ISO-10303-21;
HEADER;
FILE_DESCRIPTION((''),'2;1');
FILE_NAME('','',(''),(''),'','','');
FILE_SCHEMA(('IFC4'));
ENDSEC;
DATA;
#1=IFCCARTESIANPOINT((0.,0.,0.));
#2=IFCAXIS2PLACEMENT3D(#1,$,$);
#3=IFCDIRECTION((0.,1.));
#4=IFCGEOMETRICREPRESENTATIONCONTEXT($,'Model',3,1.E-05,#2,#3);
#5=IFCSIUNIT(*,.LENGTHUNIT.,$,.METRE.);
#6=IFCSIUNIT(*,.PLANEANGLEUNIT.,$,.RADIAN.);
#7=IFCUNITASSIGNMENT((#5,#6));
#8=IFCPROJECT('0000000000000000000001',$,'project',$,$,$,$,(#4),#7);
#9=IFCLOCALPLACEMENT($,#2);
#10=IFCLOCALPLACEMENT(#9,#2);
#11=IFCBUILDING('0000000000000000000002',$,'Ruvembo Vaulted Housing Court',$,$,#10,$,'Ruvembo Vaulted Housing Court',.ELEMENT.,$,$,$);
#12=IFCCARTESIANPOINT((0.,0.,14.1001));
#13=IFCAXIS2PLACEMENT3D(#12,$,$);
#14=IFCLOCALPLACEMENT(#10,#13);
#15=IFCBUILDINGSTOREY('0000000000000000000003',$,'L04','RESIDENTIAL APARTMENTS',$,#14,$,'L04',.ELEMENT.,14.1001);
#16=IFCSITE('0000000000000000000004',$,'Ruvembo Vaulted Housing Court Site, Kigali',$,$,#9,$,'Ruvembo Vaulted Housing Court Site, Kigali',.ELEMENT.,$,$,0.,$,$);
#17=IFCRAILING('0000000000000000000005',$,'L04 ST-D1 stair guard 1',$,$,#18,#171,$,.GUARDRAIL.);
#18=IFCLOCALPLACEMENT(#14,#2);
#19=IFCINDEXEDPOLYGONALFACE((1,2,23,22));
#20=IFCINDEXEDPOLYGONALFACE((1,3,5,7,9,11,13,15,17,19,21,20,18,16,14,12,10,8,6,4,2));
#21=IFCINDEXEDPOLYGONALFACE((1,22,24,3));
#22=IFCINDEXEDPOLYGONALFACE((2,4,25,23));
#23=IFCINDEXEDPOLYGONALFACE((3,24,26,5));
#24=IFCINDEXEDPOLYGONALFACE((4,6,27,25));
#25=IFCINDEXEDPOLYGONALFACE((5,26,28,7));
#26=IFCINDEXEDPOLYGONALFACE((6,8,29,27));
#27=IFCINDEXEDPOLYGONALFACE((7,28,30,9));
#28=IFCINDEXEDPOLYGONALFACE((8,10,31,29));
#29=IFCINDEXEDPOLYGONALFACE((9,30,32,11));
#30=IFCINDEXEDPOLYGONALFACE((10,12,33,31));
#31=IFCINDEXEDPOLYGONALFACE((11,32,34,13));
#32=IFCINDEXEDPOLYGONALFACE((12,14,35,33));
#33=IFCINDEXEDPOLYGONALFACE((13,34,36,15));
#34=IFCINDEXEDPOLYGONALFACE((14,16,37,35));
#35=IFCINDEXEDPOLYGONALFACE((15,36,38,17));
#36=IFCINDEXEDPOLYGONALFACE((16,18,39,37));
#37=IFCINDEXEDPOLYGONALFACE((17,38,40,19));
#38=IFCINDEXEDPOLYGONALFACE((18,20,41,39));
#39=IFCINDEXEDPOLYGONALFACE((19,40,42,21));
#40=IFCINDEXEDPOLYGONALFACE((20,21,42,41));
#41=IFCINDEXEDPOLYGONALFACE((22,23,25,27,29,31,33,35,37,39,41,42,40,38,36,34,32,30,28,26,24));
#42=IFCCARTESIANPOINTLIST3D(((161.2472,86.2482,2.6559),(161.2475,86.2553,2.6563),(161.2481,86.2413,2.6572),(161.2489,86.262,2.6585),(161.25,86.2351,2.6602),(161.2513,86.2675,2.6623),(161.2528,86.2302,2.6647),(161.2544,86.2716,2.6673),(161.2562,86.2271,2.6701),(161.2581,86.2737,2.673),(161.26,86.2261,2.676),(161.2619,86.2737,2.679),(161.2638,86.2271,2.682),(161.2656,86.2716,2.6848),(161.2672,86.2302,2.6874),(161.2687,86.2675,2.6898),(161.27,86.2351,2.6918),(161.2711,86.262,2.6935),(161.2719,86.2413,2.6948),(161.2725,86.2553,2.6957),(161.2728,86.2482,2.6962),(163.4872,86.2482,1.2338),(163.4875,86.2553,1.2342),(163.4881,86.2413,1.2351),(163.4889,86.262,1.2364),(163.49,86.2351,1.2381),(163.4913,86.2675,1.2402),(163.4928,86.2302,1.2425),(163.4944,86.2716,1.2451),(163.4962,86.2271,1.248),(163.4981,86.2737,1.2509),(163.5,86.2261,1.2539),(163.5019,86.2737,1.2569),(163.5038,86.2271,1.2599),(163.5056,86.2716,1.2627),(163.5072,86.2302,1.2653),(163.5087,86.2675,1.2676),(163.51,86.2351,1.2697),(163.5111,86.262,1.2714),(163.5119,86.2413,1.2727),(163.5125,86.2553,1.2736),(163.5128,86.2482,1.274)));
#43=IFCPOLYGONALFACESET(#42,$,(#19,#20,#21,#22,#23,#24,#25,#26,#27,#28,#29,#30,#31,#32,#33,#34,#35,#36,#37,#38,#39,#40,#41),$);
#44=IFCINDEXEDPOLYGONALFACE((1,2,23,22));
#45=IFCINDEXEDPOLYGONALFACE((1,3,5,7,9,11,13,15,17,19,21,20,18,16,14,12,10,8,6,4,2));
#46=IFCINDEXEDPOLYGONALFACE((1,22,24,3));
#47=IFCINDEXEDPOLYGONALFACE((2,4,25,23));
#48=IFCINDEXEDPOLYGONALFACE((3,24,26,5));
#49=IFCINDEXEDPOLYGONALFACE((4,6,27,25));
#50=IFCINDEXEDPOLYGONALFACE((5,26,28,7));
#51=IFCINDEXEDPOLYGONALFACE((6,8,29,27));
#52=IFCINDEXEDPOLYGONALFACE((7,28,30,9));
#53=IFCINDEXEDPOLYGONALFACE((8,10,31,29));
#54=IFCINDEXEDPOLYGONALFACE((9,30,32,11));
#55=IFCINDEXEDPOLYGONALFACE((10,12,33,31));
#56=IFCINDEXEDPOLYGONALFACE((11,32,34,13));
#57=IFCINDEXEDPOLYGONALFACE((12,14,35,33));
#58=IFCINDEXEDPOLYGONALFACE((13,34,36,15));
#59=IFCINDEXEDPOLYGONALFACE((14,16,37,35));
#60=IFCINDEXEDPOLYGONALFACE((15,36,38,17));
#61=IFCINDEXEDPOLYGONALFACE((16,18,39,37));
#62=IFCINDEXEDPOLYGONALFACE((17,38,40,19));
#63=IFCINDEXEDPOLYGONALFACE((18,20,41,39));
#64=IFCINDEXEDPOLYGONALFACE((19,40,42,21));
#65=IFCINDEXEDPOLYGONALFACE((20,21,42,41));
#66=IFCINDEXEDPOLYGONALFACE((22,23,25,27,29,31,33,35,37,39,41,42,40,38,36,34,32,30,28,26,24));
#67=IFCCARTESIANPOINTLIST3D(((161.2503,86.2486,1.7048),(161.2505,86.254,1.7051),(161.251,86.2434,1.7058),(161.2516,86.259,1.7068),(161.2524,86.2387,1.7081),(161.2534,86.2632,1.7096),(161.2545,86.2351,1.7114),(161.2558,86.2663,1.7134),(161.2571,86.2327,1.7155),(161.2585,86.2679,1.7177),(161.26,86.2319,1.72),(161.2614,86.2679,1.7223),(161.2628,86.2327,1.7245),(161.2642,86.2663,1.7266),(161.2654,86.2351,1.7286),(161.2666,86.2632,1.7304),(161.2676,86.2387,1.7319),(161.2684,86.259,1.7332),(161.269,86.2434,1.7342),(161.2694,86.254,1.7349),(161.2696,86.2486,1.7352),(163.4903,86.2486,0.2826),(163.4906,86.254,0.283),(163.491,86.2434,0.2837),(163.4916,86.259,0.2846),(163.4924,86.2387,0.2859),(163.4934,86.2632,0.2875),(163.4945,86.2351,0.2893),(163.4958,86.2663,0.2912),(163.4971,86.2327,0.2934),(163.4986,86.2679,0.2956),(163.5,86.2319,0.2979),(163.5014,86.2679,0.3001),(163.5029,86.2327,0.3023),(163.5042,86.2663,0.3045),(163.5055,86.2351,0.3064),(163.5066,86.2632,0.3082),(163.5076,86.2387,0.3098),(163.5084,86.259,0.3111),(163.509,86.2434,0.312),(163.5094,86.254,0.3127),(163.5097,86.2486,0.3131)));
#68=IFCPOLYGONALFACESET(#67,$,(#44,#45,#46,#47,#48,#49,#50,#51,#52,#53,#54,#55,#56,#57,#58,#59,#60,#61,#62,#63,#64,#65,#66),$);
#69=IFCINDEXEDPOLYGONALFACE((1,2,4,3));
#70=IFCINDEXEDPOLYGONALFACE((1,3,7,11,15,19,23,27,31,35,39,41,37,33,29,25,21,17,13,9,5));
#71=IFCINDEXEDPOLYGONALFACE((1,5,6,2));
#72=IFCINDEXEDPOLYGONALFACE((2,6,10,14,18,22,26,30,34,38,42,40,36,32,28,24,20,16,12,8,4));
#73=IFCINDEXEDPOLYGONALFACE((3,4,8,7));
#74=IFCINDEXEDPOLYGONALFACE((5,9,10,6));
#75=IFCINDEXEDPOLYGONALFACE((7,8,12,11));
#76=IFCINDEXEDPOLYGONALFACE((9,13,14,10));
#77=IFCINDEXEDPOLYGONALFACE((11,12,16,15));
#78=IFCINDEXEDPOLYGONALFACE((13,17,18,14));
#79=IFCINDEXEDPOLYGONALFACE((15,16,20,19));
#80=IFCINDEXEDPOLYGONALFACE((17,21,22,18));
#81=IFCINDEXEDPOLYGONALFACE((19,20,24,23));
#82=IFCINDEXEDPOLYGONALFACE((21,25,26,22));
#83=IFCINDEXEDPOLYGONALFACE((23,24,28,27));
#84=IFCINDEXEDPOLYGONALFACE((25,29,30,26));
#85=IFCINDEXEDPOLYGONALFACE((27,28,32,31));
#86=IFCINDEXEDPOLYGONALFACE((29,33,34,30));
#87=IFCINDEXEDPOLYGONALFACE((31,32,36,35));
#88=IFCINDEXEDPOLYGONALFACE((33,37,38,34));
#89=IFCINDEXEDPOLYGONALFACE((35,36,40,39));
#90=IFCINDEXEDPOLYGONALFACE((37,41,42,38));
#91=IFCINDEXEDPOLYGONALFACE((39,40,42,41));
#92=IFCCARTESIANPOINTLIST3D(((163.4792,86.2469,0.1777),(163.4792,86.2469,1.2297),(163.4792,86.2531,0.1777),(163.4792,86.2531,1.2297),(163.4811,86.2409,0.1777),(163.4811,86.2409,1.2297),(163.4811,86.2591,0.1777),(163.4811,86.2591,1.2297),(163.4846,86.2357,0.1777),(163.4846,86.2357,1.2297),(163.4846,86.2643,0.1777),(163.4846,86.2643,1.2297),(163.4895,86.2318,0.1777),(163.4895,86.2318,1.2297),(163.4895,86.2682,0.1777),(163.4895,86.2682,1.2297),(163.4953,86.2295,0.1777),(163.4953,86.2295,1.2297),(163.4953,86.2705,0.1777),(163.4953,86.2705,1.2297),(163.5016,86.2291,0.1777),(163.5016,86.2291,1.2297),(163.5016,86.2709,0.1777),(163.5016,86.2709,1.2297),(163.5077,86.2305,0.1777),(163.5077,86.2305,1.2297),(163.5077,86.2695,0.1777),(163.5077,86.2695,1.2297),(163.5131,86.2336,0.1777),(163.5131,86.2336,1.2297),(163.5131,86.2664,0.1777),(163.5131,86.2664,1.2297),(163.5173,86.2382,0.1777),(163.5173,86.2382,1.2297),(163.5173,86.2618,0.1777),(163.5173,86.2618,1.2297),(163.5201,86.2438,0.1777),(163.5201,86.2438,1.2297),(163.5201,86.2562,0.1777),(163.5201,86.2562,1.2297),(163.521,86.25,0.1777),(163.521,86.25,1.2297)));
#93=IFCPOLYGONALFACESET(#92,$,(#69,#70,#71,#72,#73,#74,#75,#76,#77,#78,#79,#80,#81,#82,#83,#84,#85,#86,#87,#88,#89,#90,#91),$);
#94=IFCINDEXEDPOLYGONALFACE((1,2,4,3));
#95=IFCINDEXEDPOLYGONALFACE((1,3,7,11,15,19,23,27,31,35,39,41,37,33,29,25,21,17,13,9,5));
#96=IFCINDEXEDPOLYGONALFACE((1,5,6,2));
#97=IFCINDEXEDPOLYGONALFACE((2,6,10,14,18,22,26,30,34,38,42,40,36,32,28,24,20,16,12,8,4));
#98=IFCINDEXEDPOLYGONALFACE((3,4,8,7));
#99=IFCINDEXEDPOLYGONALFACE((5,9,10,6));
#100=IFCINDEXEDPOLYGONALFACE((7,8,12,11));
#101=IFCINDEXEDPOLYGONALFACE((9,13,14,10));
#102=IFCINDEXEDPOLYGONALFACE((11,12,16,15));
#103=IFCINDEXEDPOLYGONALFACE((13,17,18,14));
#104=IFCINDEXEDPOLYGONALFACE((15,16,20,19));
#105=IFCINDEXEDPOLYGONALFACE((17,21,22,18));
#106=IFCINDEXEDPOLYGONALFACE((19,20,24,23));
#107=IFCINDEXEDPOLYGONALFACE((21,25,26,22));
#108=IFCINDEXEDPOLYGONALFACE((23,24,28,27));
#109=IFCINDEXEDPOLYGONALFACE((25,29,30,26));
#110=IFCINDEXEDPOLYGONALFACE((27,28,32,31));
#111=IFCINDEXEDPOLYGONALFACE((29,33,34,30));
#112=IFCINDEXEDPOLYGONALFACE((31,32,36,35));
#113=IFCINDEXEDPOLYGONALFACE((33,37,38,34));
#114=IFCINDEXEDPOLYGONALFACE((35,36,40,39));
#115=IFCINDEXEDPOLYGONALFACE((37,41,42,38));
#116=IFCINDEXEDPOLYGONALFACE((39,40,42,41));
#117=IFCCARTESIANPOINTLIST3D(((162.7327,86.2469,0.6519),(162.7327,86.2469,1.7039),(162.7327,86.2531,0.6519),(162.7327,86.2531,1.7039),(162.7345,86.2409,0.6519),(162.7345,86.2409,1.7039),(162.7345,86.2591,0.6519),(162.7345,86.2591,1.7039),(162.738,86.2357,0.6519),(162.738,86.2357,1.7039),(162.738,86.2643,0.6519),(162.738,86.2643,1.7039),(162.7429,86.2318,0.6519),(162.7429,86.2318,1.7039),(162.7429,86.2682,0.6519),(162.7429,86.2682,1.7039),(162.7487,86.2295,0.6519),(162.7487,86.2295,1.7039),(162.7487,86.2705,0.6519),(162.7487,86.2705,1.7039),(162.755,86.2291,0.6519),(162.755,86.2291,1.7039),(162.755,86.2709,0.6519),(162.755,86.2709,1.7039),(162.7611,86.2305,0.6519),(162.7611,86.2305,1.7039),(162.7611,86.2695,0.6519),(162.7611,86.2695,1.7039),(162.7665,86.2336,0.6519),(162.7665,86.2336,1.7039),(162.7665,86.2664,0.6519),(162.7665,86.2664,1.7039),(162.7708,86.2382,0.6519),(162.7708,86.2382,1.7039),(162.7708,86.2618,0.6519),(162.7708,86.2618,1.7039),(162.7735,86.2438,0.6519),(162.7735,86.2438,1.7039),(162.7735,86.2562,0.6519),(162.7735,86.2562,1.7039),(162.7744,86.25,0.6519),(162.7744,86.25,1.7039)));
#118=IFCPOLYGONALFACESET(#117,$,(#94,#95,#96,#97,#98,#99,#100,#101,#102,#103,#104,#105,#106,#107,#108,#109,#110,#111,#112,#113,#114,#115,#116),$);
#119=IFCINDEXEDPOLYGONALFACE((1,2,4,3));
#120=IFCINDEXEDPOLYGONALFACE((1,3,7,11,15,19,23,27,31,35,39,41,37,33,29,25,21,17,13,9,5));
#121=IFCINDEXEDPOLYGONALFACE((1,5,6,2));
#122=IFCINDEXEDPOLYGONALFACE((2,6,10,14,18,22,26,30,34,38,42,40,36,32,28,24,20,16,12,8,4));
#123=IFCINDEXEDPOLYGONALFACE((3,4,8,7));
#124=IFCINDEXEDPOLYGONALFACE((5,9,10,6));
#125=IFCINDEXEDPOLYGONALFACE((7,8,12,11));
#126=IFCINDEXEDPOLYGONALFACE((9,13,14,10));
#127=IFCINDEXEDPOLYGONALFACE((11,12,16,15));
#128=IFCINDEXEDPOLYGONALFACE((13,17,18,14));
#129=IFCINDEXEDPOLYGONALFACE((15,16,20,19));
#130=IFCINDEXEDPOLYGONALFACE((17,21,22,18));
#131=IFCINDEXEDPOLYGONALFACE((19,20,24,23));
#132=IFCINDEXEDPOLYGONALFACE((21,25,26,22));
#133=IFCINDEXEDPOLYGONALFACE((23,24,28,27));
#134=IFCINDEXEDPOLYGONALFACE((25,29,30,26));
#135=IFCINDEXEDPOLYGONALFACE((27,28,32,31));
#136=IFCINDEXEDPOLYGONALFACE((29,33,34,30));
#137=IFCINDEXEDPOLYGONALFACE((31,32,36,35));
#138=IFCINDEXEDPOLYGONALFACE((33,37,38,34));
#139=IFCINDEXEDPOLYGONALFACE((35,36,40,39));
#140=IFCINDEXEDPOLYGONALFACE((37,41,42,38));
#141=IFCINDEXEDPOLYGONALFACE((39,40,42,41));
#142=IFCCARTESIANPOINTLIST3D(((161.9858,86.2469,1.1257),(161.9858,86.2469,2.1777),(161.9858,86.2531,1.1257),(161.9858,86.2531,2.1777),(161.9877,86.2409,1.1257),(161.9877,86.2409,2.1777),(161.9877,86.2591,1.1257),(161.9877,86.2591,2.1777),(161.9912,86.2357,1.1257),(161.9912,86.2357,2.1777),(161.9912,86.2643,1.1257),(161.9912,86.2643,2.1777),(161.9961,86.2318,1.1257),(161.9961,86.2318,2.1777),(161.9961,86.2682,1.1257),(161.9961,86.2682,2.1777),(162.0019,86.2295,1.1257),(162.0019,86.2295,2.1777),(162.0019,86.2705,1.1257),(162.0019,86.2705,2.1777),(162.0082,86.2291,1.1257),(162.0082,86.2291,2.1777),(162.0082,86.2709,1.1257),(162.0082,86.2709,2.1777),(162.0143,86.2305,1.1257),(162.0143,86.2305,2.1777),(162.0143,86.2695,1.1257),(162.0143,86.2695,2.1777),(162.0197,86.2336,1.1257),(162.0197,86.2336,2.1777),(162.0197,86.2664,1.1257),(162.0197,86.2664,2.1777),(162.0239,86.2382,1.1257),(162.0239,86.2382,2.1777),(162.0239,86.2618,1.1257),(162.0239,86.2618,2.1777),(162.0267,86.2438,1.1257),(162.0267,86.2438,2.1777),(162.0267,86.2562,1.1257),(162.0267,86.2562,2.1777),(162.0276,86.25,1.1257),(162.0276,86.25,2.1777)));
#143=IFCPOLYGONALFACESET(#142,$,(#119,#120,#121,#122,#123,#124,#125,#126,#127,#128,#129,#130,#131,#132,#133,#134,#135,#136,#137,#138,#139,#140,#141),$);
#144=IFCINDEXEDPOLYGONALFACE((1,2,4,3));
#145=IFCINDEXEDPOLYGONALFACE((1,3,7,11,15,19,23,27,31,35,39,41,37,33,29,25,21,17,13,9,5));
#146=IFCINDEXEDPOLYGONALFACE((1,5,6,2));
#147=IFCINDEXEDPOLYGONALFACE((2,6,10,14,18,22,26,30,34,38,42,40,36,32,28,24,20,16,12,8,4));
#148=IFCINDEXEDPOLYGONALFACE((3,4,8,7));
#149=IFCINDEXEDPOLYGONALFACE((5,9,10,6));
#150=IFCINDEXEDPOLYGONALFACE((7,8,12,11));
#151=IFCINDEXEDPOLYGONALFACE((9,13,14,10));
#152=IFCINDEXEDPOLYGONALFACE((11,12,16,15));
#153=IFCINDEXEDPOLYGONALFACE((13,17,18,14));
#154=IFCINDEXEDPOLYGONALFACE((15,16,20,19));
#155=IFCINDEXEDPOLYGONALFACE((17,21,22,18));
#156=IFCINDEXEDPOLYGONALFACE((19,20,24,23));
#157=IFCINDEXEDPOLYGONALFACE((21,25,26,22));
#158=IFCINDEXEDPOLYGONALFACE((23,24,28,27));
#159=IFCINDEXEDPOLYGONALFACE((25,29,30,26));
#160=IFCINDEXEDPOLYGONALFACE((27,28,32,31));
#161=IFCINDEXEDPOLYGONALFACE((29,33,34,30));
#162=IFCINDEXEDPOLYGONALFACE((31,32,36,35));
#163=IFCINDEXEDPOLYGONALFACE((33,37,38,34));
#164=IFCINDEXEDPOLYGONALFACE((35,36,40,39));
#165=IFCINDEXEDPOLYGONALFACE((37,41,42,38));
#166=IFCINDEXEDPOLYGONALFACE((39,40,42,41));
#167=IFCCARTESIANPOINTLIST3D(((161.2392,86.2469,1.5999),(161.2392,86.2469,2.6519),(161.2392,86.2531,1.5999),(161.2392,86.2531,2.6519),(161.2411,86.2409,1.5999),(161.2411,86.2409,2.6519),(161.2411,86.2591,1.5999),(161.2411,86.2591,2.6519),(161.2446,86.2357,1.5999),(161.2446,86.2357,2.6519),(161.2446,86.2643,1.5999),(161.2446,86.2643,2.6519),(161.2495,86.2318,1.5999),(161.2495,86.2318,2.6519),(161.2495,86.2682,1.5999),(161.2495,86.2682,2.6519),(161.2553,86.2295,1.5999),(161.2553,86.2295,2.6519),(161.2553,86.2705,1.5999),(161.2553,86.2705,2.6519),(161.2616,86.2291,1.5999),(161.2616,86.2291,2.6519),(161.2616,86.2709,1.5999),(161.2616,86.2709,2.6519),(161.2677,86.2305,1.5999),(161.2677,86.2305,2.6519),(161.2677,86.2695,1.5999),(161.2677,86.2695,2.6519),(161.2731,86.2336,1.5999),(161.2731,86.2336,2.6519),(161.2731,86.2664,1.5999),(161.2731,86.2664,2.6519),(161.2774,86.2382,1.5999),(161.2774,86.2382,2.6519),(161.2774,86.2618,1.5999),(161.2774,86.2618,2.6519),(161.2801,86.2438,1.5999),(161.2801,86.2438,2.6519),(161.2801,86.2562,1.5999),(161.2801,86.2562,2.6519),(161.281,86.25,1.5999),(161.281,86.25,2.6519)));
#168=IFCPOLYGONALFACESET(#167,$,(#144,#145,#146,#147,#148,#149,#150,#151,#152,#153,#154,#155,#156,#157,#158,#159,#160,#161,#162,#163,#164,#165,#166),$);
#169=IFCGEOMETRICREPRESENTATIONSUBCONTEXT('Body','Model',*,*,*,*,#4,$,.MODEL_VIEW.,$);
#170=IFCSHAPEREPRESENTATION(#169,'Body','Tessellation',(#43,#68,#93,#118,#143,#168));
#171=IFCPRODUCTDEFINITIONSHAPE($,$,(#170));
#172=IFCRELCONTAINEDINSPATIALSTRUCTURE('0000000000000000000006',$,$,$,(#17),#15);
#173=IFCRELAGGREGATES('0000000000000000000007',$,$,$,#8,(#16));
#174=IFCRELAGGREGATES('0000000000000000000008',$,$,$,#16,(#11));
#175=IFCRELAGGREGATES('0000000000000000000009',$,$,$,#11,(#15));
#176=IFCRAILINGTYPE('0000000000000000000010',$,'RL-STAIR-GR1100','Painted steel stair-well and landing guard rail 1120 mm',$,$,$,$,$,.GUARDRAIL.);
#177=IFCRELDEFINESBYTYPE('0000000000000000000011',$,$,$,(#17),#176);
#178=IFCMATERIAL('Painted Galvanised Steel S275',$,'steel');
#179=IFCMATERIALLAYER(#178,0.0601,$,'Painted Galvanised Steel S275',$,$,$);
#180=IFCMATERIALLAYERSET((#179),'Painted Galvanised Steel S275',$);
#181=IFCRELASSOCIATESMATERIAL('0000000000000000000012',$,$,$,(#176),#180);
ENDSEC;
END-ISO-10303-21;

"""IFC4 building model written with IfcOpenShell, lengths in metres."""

from ifc_helpers import new_model, si_unit, direction, frame, origin, origin_2d, place, context, subcontext, project, spatial, circle, extrude, material, layer, layer_set, type_object, element, save


model = new_model("IFC4")

# Units and contexts
model_context = context("Model", 3, precision=1e-05, world=origin(), true_north=direction((0.0, 1.0)))
body_context = subcontext(model_context, "Body", "Model", "MODEL_VIEW")
ifc_project = project(units=[si_unit("LENGTHUNIT", "METRE"), si_unit("PLANEANGLEUNIT", "RADIAN")], contexts=[model_context])

# Site, building, storey
site_placement = place(None, origin())
site = spatial("IfcSite", under=ifc_project, at=site_placement, Name="Ruvembo Vaulted Housing Court Site, Kigali", LongName="Ruvembo Vaulted Housing Court Site, Kigali", CompositionType="ELEMENT", RefElevation=0.0)
building_placement = place(site_placement, origin())
building = spatial("IfcBuilding", under=site, at=building_placement, Name="Ruvembo Vaulted Housing Court", LongName="Ruvembo Vaulted Housing Court", CompositionType="ELEMENT")
storey_placement = place(building_placement, frame((0.0, 0.0, 14.1001)))
storey = spatial("IfcBuildingStorey", under=building, at=storey_placement, Name="L04", Description="RESIDENTIAL APARTMENTS", LongName="L04", CompositionType="ELEMENT", Elevation=14.1001)

# Railing
ifc_material_1 = material(Name="Painted Galvanised Steel S275", Category="steel")
ifc_layer_1 = layer(ifc_material_1, 0.0601, Name="Painted Galvanised Steel S275")
ifc_layer_set_1 = layer_set([ifc_layer_1], Name="Painted Galvanised Steel S275")
railing_type_1 = type_object("IfcRailingType", Name="RL-STAIR-GR1100", Description="Painted steel stair-well and landing guard rail 1120 mm", PredefinedType="GUARDRAIL", material=ifc_layer_set_1)
railing_1_placement = place(storey_placement, frame((163.5, 86.25, 0.1777)))
element("IfcRailing", 1, at=railing_1_placement, inside=storey, type_object=railing_type_1, Name="L04 ST-D1 stair guard 1", PredefinedType="GUARDRAIL", context=body_context, shape_type="SweptSolid", body=[
    extrude(circle(Radius=0.0239, at=origin_2d()), frame((0.0, 0.0, 1.0762), z_axis=(-0.844229, 0.0, 0.535982), x_axis=(0.0, -1.0, 0.0)), (0.0, 0.0, 1.0), 2.6533),
    extrude(circle(Radius=0.0181, at=origin_2d()), frame((0.0, 0.0, 0.1201), z_axis=(-0.844229, 0.0, 0.535982), x_axis=(0.0, -1.0, 0.0)), (0.0, 0.0, 1.0), 2.6533),
    extrude(circle(Radius=0.021, at=origin_2d()), origin(), (0.0, 0.0, 1.0), 1.052),
    extrude(circle(Radius=0.021, at=origin_2d()), frame((-0.7466, 0.0, 0.4741)), (0.0, 0.0, 1.0), 1.052),
    extrude(circle(Radius=0.021, at=origin_2d()), frame((-1.4934, 0.0, 0.948)), (0.0, 0.0, 1.0), 1.052),
    extrude(circle(Radius=0.021, at=origin_2d()), frame((-2.24, 0.0, 1.4221)), (0.0, 0.0, 1.0), 1.052),
])

save(model, "model.ifc")
